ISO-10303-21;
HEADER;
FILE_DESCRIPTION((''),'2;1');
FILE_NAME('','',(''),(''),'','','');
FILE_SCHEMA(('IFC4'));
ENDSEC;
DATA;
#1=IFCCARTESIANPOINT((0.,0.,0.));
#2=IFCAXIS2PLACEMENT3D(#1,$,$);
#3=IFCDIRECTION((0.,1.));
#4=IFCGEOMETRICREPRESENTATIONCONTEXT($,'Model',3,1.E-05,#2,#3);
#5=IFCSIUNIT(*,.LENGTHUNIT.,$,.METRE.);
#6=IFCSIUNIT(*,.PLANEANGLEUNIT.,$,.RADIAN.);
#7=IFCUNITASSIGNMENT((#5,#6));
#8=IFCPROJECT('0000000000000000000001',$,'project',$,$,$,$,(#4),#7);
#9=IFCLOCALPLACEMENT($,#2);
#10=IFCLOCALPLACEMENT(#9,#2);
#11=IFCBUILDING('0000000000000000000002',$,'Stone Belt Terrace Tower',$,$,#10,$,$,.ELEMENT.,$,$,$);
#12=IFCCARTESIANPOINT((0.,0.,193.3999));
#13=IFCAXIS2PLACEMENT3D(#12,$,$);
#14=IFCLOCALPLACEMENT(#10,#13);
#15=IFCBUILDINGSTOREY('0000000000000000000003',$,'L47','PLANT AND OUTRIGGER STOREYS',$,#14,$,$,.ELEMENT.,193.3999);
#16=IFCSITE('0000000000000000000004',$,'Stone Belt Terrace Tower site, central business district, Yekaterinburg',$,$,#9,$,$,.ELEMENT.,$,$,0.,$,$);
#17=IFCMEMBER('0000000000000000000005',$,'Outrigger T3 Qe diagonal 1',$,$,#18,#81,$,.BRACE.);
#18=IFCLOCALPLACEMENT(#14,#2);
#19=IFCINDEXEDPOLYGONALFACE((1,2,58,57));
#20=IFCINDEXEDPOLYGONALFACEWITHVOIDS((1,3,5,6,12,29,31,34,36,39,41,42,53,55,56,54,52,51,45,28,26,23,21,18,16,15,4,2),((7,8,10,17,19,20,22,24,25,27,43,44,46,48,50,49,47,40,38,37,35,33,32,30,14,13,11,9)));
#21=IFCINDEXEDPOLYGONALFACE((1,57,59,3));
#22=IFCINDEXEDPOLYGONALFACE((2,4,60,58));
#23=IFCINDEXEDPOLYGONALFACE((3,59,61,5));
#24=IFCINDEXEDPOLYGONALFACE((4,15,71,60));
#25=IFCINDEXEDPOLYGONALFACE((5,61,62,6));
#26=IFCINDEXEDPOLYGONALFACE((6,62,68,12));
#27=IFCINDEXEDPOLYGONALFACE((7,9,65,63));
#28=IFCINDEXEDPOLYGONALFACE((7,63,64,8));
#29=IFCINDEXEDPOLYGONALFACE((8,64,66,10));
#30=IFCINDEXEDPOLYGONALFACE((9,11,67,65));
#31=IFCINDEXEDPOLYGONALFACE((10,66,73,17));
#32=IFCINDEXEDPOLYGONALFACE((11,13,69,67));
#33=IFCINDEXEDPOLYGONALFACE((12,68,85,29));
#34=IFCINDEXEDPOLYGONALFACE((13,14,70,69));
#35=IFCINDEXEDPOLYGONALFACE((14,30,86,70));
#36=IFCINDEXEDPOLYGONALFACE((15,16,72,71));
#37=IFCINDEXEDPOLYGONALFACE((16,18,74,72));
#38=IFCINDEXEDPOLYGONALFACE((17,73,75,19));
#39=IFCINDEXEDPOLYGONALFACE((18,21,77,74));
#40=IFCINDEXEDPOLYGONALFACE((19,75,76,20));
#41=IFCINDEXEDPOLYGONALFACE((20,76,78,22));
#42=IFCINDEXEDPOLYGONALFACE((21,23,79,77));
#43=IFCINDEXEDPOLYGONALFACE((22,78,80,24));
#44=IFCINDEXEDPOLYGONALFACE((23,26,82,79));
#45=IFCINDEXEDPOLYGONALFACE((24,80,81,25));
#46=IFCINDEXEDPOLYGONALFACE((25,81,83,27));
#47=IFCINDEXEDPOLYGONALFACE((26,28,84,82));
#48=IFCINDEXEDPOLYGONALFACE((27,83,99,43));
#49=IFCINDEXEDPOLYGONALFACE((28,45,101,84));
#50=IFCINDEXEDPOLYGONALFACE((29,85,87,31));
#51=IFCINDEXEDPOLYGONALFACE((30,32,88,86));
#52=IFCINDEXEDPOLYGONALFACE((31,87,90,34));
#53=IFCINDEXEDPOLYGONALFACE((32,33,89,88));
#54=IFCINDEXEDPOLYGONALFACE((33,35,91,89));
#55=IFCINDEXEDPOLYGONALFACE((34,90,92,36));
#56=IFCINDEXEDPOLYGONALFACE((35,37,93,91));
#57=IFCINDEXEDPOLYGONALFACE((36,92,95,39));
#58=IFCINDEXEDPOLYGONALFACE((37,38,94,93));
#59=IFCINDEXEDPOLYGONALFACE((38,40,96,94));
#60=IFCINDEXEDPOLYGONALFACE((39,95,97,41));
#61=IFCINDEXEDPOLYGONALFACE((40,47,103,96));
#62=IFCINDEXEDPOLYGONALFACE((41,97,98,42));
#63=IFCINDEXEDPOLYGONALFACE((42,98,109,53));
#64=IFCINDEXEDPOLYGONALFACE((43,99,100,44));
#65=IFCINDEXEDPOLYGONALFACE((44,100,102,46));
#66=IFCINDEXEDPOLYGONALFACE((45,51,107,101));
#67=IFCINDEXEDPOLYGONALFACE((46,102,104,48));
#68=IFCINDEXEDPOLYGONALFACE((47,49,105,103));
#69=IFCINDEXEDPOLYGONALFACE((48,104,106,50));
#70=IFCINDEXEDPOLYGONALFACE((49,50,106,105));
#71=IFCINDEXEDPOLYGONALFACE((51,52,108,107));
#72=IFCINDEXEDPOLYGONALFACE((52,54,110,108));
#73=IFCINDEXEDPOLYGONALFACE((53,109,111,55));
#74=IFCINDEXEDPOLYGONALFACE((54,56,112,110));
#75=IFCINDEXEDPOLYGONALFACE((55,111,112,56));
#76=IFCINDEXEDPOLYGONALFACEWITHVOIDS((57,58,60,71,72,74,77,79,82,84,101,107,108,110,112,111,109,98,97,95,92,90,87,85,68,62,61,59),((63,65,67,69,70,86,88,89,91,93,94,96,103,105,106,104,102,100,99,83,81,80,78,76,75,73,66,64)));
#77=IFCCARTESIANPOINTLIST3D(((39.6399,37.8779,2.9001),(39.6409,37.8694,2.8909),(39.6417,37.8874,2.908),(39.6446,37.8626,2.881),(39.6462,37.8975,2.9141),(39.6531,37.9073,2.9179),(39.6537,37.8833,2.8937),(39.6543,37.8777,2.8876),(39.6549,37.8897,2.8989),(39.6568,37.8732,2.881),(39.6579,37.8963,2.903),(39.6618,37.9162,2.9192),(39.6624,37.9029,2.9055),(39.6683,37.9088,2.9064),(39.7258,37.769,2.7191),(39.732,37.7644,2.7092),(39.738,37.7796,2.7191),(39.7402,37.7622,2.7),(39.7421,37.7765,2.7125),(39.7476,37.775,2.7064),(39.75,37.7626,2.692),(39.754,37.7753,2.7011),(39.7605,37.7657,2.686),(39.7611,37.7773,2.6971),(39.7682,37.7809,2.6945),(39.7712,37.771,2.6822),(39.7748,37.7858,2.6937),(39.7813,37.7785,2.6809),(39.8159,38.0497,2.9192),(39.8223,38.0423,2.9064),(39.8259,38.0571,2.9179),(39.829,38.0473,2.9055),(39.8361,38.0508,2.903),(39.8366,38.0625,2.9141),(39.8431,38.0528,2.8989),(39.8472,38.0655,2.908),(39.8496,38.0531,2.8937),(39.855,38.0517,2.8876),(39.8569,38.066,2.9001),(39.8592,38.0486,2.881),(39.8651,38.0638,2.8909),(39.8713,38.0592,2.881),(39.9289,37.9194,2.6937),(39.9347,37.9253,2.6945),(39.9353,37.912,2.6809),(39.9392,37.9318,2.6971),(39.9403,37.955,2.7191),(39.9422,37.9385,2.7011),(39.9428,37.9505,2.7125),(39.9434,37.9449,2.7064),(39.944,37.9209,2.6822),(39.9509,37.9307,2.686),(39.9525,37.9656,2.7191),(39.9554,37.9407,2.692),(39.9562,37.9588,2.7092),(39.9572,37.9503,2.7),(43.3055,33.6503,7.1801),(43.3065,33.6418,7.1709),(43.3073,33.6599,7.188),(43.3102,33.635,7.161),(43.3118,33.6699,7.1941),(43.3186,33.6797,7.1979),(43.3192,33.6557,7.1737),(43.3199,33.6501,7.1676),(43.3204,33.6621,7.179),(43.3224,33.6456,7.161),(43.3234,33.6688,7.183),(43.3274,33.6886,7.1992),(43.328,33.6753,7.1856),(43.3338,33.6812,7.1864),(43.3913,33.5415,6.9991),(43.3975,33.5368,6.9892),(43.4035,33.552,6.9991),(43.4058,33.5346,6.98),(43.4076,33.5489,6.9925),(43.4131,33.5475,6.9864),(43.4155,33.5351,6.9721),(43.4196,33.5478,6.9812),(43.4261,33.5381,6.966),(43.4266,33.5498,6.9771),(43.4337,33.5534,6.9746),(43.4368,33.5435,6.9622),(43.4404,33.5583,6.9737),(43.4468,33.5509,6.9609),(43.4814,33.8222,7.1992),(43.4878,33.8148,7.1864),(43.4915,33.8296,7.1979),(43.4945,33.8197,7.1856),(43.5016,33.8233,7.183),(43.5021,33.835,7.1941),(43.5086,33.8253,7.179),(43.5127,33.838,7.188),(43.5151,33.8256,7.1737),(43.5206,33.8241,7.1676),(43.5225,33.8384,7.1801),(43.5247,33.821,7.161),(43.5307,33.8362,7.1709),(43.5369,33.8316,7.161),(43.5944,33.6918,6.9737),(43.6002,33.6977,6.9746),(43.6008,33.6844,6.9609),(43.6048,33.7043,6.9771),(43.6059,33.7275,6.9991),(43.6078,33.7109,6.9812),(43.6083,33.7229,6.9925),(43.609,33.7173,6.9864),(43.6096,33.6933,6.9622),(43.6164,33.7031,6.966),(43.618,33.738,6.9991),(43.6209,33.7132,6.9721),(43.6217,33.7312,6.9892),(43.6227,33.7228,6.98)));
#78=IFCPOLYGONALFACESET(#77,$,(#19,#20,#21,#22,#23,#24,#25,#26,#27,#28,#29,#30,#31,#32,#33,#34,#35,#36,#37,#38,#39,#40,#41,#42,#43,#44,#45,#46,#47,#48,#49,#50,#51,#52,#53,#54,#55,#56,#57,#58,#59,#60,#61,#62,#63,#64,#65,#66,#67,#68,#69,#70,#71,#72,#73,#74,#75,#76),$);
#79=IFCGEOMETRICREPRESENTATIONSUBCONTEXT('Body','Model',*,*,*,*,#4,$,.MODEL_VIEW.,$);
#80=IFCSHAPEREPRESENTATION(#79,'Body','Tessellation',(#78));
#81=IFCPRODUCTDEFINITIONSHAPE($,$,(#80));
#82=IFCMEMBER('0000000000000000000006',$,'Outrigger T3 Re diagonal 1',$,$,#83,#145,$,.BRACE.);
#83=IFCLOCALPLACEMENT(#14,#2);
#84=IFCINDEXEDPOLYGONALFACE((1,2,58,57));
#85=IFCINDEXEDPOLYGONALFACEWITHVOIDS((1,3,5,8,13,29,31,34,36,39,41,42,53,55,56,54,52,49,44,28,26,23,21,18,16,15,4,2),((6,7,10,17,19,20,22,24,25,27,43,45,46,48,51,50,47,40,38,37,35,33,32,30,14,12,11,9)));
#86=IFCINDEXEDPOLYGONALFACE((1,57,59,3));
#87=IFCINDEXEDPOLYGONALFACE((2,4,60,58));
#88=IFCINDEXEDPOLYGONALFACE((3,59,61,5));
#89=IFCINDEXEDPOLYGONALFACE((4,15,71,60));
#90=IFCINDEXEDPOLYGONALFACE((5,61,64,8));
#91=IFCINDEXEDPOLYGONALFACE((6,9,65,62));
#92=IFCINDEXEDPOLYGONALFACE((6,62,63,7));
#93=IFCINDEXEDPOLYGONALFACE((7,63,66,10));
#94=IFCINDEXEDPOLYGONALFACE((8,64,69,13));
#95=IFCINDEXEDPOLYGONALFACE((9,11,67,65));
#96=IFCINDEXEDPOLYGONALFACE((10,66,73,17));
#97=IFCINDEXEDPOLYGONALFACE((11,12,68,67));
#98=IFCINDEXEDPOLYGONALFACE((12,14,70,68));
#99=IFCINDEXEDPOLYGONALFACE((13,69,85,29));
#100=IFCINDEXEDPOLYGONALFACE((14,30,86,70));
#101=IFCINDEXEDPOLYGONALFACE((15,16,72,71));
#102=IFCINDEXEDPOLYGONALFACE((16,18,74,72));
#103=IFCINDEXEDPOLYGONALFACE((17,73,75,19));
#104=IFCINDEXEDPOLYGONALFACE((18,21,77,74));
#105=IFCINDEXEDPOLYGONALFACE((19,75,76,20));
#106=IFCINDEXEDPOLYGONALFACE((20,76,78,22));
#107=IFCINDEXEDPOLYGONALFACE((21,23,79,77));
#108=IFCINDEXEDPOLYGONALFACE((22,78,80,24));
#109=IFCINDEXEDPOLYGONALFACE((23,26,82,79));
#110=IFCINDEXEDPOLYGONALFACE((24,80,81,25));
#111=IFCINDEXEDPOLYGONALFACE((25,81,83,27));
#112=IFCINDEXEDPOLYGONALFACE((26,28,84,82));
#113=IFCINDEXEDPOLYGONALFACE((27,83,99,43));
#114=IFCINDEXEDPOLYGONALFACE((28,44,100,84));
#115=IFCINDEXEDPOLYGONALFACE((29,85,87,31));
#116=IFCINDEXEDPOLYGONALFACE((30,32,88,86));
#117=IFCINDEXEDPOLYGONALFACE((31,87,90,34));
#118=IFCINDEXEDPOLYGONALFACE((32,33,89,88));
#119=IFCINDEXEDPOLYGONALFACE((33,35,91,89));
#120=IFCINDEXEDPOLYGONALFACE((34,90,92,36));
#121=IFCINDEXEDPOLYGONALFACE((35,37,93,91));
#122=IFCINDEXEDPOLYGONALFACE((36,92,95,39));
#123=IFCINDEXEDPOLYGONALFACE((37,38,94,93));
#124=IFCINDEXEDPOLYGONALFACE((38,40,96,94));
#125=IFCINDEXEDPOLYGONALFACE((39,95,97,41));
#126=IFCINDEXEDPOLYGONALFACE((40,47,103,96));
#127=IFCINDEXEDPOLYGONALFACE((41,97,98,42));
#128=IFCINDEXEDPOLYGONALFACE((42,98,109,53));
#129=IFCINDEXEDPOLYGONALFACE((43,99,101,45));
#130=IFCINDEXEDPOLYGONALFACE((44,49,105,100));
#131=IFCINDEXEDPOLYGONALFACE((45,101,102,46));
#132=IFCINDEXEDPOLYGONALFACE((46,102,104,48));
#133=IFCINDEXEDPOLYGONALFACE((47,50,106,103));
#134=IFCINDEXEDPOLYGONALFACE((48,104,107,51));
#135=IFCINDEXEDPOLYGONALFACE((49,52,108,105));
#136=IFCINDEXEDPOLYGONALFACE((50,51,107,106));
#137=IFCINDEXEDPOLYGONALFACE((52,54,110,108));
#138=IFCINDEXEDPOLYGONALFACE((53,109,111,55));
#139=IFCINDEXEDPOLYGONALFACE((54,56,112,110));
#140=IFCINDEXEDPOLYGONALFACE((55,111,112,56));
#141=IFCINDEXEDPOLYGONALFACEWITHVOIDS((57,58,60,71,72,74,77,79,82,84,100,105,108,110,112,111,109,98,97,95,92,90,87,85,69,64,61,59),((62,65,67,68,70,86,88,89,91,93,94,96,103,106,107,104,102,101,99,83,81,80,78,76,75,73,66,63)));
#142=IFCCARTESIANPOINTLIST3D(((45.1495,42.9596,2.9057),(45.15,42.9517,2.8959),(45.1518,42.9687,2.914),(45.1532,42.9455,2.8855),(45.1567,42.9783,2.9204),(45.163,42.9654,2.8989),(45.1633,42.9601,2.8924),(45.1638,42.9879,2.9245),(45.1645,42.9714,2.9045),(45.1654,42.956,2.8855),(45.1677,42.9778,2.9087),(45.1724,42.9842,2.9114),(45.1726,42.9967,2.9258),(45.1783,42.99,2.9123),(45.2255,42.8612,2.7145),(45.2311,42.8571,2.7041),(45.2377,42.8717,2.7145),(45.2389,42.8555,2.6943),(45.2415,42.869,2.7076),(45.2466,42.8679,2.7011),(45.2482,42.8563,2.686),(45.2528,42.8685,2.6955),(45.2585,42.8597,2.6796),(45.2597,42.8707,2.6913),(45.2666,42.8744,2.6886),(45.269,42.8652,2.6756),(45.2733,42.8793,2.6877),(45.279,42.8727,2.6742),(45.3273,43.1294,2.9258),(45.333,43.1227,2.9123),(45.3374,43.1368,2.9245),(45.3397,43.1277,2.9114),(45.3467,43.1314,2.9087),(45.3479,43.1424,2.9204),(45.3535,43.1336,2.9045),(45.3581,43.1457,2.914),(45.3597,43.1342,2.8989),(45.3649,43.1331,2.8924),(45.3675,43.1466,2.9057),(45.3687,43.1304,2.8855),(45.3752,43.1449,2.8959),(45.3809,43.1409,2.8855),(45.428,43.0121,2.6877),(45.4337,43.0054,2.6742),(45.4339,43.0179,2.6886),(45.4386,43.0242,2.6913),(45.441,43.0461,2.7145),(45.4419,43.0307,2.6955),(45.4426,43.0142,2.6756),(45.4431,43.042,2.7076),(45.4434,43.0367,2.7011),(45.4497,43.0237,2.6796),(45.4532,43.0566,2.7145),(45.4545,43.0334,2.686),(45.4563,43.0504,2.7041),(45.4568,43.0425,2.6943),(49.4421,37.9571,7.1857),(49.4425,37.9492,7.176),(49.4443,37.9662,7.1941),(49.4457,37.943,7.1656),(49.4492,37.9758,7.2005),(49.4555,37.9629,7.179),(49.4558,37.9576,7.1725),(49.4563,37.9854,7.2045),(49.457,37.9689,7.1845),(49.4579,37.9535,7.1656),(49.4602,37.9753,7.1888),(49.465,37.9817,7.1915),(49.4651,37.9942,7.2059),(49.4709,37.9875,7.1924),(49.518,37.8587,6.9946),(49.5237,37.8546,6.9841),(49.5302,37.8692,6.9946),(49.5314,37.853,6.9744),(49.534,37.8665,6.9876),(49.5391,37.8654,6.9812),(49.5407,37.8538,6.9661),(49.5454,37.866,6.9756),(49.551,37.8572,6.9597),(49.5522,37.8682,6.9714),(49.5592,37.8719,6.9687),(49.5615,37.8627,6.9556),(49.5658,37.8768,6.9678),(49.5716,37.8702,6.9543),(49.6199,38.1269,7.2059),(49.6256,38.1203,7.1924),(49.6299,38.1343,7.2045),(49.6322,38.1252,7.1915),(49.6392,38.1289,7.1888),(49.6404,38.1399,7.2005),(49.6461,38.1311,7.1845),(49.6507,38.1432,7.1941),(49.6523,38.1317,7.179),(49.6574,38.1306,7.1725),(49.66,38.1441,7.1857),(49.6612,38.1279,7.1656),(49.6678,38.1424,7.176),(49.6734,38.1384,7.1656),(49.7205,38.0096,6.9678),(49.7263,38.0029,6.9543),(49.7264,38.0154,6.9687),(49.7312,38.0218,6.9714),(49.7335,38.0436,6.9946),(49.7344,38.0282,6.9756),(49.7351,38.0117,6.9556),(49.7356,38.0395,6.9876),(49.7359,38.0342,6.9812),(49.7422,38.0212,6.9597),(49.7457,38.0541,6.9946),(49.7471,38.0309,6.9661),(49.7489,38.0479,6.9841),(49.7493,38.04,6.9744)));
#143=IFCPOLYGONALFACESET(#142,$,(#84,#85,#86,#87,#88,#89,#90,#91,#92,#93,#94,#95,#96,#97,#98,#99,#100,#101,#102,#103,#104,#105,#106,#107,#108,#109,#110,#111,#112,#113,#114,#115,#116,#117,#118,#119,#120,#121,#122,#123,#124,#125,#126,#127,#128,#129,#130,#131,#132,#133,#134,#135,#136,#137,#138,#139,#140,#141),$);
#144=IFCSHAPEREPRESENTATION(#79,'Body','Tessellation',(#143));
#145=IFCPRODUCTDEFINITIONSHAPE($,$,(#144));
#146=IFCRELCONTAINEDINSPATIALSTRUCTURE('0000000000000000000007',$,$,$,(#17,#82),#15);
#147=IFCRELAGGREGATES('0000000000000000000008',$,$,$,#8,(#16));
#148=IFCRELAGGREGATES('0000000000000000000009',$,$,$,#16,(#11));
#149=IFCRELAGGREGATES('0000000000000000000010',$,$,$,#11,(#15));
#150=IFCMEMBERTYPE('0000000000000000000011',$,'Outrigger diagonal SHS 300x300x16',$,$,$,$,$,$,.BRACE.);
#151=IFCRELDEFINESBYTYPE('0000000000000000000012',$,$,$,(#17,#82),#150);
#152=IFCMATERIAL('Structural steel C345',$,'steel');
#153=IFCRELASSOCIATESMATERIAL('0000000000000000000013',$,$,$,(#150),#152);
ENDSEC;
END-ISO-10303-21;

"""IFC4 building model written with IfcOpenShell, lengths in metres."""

from ifc_helpers import new_model, si_unit, direction, frame, origin, origin_2d, place, context, subcontext, project, spatial, hollow_rectangle, extrude, material, material_profile, profile_set, type_object, element, save


model = new_model("IFC4")

# Units and contexts
model_context = context("Model", 3, precision=1e-05, world=origin(), true_north=direction((0.0, 1.0)))
body_context = subcontext(model_context, "Body", "Model", "MODEL_VIEW")
ifc_project = project(units=[si_unit("LENGTHUNIT", "METRE"), si_unit("PLANEANGLEUNIT", "RADIAN")], contexts=[model_context])

# Site, building, storey
site_placement = place(None, origin())
site = spatial("IfcSite", under=ifc_project, at=site_placement, Name="Stone Belt Terrace Tower site, central business district, Yekaterinburg", CompositionType="ELEMENT", RefElevation=0.0)
building_placement = place(site_placement, origin())
building = spatial("IfcBuilding", under=site, at=building_placement, Name="Stone Belt Terrace Tower", CompositionType="ELEMENT")
storey_placement = place(building_placement, frame((0.0, 0.0, 193.3999)))
storey = spatial("IfcBuildingStorey", under=building, at=storey_placement, Name="L47", Description="PLANT AND OUTRIGGER STOREYS", CompositionType="ELEMENT", Elevation=193.3999)

# Members
ifc_material_1 = material(Name="Structural steel C345", Category="steel")
ifc_material_profile_1 = material_profile(ifc_material_1, hollow_rectangle(XDim=0.3, YDim=0.3, WallThickness=0.0161, InnerFilletRadius=0.032, OuterFilletRadius=0.0481, at=origin_2d()), Name="SHS 300x300x16")
ifc_profile_set_1 = profile_set([ifc_material_profile_1], Name="Structural steel C345")
member_type_1 = type_object("IfcMemberType", Name="Outrigger diagonal SHS 300x300x16", PredefinedType="BRACE", material=ifc_profile_set_1)
member_1_placement = place(storey_placement, frame((43.4641, 33.6865, 7.0801), z_axis=(-0.520329, 0.600108, -0.607559), x_axis=(-0.755542, -0.6551, 0.0)))
element("IfcMember", 1, at=member_1_placement, inside=storey, type_object=member_type_1, Name="Outrigger T3 Qe diagonal 1", PredefinedType="BRACE", context=body_context, shape_type="SweptSolid", body=[
    extrude(hollow_rectangle(XDim=0.3, YDim=0.3, WallThickness=0.0161, InnerFilletRadius=0.032, OuterFilletRadius=0.0481, at=origin_2d()), origin(), (0.0, 0.0, 1.0), 7.0447),
])
member_2_placement = place(storey_placement, frame((49.5957, 37.9985, 7.0801), z_axis=(-0.546166, 0.6365, -0.544582), x_axis=(-0.758906, -0.6512, 0.0)))
element("IfcMember", 2, at=member_2_placement, inside=storey, type_object=member_type_1, Name="Outrigger T3 Re diagonal 1", PredefinedType="BRACE", context=body_context, shape_type="SweptSolid", body=[
    extrude(hollow_rectangle(XDim=0.3, YDim=0.3, WallThickness=0.0161, InnerFilletRadius=0.032, OuterFilletRadius=0.0481, at=origin_2d()), origin(), (0.0, 0.0, 1.0), 7.8594),
])

save(model, "model.ifc")
